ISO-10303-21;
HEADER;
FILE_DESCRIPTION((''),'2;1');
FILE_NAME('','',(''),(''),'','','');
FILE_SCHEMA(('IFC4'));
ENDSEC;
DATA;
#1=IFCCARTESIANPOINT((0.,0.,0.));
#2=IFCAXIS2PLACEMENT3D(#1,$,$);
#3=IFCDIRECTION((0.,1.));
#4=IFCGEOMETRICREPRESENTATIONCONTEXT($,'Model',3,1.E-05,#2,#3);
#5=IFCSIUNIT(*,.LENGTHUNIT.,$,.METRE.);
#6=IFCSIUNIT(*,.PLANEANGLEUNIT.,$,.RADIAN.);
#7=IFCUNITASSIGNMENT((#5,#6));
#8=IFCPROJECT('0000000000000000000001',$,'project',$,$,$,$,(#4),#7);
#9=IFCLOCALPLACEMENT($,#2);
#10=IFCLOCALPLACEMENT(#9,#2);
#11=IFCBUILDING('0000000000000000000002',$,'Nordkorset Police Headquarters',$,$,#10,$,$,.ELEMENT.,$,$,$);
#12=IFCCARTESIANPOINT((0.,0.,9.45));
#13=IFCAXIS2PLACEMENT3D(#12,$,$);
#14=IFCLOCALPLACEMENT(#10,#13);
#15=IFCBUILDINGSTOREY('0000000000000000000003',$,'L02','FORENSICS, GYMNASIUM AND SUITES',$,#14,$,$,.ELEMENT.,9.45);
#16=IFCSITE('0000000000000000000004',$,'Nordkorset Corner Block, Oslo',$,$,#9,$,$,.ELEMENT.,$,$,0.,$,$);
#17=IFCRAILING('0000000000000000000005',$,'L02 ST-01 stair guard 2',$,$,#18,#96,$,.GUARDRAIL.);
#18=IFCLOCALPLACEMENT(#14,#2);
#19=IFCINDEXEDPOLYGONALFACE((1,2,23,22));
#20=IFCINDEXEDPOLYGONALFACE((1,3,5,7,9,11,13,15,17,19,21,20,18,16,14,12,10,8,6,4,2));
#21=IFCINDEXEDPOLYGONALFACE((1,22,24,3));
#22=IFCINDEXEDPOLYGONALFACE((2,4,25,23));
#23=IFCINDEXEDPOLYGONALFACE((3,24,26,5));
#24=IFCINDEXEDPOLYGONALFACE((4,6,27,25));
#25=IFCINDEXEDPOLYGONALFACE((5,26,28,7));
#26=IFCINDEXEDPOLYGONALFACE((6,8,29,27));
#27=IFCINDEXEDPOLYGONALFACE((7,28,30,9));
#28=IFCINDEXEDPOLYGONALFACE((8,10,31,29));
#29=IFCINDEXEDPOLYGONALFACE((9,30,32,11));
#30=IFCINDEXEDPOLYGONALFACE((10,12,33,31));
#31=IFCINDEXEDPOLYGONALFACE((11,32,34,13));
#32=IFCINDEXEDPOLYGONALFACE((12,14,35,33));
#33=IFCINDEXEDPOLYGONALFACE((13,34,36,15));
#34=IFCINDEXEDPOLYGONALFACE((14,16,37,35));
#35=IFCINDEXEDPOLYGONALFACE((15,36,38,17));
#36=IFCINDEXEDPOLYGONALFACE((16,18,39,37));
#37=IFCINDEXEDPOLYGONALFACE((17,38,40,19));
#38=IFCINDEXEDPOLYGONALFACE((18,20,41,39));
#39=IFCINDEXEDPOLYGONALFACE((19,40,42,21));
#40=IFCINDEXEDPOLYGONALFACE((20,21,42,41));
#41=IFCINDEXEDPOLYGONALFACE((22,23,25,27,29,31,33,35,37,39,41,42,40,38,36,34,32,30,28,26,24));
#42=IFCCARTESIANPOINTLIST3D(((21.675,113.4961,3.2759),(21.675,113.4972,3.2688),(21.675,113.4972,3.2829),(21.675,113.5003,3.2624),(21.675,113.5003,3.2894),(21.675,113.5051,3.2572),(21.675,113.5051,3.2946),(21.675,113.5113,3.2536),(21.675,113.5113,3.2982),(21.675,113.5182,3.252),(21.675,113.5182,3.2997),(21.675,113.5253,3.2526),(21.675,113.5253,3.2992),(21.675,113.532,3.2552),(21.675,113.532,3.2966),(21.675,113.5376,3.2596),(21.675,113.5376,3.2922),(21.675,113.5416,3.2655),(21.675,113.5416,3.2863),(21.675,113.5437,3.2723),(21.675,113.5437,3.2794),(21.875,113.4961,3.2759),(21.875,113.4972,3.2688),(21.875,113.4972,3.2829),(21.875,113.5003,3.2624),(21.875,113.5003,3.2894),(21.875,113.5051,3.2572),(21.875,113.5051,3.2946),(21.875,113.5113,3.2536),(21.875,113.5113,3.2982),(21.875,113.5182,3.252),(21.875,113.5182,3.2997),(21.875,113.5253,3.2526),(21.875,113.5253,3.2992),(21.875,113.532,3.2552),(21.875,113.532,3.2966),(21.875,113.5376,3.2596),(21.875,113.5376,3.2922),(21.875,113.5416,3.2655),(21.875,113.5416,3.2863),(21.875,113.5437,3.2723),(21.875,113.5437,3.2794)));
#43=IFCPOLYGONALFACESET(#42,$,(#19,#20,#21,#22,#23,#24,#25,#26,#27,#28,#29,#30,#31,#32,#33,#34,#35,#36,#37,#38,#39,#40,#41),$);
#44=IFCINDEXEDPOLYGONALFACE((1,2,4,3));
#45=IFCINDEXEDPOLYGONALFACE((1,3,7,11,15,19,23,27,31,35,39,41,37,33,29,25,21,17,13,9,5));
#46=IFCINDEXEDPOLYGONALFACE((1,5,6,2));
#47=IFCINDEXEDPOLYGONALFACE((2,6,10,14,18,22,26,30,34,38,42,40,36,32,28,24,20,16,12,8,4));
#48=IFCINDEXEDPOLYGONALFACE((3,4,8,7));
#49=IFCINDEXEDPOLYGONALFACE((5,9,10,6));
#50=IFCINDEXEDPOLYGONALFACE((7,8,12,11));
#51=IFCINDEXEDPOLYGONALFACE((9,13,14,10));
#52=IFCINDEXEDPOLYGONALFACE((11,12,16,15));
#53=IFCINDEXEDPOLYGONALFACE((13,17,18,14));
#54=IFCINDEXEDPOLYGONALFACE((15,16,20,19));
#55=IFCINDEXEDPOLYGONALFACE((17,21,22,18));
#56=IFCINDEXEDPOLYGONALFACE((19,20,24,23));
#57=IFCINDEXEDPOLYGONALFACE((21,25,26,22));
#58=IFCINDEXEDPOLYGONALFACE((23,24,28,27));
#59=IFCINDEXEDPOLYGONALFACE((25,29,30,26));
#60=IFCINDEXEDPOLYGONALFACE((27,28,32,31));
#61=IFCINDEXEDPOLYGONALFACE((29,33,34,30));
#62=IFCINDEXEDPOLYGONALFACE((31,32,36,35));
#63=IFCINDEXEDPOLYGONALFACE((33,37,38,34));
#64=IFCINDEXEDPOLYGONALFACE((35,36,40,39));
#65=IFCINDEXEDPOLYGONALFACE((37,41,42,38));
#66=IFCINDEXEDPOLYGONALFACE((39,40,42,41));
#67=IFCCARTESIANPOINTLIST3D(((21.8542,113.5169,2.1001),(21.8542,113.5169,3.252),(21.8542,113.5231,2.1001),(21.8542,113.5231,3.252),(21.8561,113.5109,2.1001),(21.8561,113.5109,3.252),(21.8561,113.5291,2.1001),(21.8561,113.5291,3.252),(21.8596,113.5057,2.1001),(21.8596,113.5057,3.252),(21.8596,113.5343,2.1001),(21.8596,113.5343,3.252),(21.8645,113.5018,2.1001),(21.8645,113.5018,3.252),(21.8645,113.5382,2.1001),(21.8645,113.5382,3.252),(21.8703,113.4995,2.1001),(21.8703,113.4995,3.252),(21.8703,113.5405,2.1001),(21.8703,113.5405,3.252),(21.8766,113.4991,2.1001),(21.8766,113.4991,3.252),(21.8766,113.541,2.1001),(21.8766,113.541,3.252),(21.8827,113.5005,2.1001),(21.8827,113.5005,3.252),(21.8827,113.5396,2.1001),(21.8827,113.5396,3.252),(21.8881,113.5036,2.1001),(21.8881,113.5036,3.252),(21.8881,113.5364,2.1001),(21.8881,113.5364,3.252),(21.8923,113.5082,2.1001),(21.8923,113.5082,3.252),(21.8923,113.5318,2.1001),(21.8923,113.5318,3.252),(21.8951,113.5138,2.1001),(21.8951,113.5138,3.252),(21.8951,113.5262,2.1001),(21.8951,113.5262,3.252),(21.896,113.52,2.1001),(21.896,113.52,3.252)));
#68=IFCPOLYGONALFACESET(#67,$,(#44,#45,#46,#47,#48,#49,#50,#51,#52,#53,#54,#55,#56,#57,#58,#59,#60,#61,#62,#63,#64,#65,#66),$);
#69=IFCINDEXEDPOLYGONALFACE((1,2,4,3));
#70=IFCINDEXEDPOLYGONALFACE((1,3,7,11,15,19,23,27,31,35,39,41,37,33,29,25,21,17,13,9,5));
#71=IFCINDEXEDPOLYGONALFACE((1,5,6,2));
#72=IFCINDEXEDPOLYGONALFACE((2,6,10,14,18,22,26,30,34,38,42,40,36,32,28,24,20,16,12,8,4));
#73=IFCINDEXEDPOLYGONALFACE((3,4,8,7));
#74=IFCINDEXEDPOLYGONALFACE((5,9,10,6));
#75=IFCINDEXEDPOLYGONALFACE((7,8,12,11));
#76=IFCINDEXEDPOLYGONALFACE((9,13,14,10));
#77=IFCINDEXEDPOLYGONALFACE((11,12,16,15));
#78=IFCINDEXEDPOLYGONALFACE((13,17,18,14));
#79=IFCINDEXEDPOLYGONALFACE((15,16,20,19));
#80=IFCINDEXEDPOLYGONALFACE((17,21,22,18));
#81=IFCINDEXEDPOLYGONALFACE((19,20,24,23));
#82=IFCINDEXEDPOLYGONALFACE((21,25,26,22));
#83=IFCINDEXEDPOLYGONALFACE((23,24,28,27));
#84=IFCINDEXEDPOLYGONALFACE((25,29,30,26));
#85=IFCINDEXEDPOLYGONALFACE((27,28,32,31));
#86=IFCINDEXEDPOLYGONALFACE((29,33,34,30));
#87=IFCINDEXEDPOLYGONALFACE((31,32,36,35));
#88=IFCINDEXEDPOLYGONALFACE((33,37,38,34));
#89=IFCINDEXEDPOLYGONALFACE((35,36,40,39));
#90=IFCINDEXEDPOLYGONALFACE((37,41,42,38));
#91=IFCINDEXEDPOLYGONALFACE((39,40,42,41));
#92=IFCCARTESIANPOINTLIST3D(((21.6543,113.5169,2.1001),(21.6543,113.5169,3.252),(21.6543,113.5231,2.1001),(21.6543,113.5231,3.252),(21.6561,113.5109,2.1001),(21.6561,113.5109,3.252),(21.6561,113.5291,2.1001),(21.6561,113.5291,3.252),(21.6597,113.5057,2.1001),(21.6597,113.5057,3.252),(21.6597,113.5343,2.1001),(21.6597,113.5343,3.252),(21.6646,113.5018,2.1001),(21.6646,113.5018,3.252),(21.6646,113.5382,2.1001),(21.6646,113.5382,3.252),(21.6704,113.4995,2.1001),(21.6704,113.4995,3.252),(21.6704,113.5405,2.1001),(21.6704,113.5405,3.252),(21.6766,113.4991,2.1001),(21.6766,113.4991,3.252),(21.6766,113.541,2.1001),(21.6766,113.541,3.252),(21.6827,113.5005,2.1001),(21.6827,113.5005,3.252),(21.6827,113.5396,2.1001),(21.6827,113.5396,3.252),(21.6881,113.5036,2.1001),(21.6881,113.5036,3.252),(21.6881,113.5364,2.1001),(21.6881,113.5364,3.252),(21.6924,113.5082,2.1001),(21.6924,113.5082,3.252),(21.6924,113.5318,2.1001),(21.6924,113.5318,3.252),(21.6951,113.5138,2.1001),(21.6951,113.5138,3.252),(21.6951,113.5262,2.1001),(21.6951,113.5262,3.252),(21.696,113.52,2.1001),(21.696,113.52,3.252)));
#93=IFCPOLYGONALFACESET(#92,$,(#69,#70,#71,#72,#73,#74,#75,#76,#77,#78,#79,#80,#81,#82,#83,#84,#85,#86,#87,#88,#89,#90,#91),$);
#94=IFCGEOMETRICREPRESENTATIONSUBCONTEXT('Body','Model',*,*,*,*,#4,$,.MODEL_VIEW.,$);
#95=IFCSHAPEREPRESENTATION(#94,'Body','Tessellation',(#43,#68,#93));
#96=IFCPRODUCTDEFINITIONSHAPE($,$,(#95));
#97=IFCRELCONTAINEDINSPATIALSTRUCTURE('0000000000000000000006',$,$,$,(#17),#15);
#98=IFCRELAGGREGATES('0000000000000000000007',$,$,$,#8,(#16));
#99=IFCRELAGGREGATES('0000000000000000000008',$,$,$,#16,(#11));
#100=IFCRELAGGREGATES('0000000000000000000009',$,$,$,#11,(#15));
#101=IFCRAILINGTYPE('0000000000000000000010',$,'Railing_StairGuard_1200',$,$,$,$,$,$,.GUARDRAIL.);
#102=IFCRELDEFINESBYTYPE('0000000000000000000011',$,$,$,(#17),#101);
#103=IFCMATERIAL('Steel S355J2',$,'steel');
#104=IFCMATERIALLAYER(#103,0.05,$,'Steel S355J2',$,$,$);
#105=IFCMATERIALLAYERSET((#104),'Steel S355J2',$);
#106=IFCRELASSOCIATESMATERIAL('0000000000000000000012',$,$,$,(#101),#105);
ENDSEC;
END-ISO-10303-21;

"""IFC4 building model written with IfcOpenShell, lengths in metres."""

from ifc_helpers import new_model, si_unit, direction, frame, origin, origin_2d, place, context, subcontext, project, spatial, circle, extrude, material, layer, layer_set, type_object, element, save


model = new_model("IFC4")

# Units and contexts
model_context = context("Model", 3, precision=1e-05, world=origin(), true_north=direction((0.0, 1.0)))
body_context = subcontext(model_context, "Body", "Model", "MODEL_VIEW")
ifc_project = project(units=[si_unit("LENGTHUNIT", "METRE"), si_unit("PLANEANGLEUNIT", "RADIAN")], contexts=[model_context])

# Site, building, storey
site_placement = place(None, origin())
site = spatial("IfcSite", under=ifc_project, at=site_placement, Name="Nordkorset Corner Block, Oslo", CompositionType="ELEMENT", RefElevation=0.0)
building_placement = place(site_placement, origin())
building = spatial("IfcBuilding", under=site, at=building_placement, Name="Nordkorset Police Headquarters", CompositionType="ELEMENT")
storey_placement = place(building_placement, frame((0.0, 0.0, 9.45)))
storey = spatial("IfcBuildingStorey", under=building, at=storey_placement, Name="L02", Description="FORENSICS, GYMNASIUM AND SUITES", CompositionType="ELEMENT", Elevation=9.45)

# Railing
ifc_material_1 = material(Name="Steel S355J2", Category="steel")
ifc_layer_1 = layer(ifc_material_1, 0.05, Name="Steel S355J2")
ifc_layer_set_1 = layer_set([ifc_layer_1], Name="Steel S355J2")
railing_type_1 = type_object("IfcRailingType", Name="Railing_StairGuard_1200", PredefinedType="GUARDRAIL", material=ifc_layer_set_1)
railing_1_placement = place(storey_placement, frame((21.875, 113.52, 2.1001)))
element("IfcRailing", 1, at=railing_1_placement, inside=storey, type_object=railing_type_1, Name="L02 ST-01 stair guard 2", PredefinedType="GUARDRAIL", context=body_context, shape_type="SweptSolid", body=[
    extrude(circle(Radius=0.0239, at=origin_2d()), frame((0.0, 0.0, 1.1758), z_axis=(-1.0, 0.0, 0.0), x_axis=(0.0, -1.0, 0.0)), (0.0, 0.0, 1.0), 0.2),
    extrude(circle(Radius=0.021, at=origin_2d()), origin(), (0.0, 0.0, 1.0), 1.1519),
    extrude(circle(Radius=0.021, at=origin_2d()), frame((-0.2, 0.0, 0.0)), (0.0, 0.0, 1.0), 1.1519),
])

save(model, "model.ifc")
